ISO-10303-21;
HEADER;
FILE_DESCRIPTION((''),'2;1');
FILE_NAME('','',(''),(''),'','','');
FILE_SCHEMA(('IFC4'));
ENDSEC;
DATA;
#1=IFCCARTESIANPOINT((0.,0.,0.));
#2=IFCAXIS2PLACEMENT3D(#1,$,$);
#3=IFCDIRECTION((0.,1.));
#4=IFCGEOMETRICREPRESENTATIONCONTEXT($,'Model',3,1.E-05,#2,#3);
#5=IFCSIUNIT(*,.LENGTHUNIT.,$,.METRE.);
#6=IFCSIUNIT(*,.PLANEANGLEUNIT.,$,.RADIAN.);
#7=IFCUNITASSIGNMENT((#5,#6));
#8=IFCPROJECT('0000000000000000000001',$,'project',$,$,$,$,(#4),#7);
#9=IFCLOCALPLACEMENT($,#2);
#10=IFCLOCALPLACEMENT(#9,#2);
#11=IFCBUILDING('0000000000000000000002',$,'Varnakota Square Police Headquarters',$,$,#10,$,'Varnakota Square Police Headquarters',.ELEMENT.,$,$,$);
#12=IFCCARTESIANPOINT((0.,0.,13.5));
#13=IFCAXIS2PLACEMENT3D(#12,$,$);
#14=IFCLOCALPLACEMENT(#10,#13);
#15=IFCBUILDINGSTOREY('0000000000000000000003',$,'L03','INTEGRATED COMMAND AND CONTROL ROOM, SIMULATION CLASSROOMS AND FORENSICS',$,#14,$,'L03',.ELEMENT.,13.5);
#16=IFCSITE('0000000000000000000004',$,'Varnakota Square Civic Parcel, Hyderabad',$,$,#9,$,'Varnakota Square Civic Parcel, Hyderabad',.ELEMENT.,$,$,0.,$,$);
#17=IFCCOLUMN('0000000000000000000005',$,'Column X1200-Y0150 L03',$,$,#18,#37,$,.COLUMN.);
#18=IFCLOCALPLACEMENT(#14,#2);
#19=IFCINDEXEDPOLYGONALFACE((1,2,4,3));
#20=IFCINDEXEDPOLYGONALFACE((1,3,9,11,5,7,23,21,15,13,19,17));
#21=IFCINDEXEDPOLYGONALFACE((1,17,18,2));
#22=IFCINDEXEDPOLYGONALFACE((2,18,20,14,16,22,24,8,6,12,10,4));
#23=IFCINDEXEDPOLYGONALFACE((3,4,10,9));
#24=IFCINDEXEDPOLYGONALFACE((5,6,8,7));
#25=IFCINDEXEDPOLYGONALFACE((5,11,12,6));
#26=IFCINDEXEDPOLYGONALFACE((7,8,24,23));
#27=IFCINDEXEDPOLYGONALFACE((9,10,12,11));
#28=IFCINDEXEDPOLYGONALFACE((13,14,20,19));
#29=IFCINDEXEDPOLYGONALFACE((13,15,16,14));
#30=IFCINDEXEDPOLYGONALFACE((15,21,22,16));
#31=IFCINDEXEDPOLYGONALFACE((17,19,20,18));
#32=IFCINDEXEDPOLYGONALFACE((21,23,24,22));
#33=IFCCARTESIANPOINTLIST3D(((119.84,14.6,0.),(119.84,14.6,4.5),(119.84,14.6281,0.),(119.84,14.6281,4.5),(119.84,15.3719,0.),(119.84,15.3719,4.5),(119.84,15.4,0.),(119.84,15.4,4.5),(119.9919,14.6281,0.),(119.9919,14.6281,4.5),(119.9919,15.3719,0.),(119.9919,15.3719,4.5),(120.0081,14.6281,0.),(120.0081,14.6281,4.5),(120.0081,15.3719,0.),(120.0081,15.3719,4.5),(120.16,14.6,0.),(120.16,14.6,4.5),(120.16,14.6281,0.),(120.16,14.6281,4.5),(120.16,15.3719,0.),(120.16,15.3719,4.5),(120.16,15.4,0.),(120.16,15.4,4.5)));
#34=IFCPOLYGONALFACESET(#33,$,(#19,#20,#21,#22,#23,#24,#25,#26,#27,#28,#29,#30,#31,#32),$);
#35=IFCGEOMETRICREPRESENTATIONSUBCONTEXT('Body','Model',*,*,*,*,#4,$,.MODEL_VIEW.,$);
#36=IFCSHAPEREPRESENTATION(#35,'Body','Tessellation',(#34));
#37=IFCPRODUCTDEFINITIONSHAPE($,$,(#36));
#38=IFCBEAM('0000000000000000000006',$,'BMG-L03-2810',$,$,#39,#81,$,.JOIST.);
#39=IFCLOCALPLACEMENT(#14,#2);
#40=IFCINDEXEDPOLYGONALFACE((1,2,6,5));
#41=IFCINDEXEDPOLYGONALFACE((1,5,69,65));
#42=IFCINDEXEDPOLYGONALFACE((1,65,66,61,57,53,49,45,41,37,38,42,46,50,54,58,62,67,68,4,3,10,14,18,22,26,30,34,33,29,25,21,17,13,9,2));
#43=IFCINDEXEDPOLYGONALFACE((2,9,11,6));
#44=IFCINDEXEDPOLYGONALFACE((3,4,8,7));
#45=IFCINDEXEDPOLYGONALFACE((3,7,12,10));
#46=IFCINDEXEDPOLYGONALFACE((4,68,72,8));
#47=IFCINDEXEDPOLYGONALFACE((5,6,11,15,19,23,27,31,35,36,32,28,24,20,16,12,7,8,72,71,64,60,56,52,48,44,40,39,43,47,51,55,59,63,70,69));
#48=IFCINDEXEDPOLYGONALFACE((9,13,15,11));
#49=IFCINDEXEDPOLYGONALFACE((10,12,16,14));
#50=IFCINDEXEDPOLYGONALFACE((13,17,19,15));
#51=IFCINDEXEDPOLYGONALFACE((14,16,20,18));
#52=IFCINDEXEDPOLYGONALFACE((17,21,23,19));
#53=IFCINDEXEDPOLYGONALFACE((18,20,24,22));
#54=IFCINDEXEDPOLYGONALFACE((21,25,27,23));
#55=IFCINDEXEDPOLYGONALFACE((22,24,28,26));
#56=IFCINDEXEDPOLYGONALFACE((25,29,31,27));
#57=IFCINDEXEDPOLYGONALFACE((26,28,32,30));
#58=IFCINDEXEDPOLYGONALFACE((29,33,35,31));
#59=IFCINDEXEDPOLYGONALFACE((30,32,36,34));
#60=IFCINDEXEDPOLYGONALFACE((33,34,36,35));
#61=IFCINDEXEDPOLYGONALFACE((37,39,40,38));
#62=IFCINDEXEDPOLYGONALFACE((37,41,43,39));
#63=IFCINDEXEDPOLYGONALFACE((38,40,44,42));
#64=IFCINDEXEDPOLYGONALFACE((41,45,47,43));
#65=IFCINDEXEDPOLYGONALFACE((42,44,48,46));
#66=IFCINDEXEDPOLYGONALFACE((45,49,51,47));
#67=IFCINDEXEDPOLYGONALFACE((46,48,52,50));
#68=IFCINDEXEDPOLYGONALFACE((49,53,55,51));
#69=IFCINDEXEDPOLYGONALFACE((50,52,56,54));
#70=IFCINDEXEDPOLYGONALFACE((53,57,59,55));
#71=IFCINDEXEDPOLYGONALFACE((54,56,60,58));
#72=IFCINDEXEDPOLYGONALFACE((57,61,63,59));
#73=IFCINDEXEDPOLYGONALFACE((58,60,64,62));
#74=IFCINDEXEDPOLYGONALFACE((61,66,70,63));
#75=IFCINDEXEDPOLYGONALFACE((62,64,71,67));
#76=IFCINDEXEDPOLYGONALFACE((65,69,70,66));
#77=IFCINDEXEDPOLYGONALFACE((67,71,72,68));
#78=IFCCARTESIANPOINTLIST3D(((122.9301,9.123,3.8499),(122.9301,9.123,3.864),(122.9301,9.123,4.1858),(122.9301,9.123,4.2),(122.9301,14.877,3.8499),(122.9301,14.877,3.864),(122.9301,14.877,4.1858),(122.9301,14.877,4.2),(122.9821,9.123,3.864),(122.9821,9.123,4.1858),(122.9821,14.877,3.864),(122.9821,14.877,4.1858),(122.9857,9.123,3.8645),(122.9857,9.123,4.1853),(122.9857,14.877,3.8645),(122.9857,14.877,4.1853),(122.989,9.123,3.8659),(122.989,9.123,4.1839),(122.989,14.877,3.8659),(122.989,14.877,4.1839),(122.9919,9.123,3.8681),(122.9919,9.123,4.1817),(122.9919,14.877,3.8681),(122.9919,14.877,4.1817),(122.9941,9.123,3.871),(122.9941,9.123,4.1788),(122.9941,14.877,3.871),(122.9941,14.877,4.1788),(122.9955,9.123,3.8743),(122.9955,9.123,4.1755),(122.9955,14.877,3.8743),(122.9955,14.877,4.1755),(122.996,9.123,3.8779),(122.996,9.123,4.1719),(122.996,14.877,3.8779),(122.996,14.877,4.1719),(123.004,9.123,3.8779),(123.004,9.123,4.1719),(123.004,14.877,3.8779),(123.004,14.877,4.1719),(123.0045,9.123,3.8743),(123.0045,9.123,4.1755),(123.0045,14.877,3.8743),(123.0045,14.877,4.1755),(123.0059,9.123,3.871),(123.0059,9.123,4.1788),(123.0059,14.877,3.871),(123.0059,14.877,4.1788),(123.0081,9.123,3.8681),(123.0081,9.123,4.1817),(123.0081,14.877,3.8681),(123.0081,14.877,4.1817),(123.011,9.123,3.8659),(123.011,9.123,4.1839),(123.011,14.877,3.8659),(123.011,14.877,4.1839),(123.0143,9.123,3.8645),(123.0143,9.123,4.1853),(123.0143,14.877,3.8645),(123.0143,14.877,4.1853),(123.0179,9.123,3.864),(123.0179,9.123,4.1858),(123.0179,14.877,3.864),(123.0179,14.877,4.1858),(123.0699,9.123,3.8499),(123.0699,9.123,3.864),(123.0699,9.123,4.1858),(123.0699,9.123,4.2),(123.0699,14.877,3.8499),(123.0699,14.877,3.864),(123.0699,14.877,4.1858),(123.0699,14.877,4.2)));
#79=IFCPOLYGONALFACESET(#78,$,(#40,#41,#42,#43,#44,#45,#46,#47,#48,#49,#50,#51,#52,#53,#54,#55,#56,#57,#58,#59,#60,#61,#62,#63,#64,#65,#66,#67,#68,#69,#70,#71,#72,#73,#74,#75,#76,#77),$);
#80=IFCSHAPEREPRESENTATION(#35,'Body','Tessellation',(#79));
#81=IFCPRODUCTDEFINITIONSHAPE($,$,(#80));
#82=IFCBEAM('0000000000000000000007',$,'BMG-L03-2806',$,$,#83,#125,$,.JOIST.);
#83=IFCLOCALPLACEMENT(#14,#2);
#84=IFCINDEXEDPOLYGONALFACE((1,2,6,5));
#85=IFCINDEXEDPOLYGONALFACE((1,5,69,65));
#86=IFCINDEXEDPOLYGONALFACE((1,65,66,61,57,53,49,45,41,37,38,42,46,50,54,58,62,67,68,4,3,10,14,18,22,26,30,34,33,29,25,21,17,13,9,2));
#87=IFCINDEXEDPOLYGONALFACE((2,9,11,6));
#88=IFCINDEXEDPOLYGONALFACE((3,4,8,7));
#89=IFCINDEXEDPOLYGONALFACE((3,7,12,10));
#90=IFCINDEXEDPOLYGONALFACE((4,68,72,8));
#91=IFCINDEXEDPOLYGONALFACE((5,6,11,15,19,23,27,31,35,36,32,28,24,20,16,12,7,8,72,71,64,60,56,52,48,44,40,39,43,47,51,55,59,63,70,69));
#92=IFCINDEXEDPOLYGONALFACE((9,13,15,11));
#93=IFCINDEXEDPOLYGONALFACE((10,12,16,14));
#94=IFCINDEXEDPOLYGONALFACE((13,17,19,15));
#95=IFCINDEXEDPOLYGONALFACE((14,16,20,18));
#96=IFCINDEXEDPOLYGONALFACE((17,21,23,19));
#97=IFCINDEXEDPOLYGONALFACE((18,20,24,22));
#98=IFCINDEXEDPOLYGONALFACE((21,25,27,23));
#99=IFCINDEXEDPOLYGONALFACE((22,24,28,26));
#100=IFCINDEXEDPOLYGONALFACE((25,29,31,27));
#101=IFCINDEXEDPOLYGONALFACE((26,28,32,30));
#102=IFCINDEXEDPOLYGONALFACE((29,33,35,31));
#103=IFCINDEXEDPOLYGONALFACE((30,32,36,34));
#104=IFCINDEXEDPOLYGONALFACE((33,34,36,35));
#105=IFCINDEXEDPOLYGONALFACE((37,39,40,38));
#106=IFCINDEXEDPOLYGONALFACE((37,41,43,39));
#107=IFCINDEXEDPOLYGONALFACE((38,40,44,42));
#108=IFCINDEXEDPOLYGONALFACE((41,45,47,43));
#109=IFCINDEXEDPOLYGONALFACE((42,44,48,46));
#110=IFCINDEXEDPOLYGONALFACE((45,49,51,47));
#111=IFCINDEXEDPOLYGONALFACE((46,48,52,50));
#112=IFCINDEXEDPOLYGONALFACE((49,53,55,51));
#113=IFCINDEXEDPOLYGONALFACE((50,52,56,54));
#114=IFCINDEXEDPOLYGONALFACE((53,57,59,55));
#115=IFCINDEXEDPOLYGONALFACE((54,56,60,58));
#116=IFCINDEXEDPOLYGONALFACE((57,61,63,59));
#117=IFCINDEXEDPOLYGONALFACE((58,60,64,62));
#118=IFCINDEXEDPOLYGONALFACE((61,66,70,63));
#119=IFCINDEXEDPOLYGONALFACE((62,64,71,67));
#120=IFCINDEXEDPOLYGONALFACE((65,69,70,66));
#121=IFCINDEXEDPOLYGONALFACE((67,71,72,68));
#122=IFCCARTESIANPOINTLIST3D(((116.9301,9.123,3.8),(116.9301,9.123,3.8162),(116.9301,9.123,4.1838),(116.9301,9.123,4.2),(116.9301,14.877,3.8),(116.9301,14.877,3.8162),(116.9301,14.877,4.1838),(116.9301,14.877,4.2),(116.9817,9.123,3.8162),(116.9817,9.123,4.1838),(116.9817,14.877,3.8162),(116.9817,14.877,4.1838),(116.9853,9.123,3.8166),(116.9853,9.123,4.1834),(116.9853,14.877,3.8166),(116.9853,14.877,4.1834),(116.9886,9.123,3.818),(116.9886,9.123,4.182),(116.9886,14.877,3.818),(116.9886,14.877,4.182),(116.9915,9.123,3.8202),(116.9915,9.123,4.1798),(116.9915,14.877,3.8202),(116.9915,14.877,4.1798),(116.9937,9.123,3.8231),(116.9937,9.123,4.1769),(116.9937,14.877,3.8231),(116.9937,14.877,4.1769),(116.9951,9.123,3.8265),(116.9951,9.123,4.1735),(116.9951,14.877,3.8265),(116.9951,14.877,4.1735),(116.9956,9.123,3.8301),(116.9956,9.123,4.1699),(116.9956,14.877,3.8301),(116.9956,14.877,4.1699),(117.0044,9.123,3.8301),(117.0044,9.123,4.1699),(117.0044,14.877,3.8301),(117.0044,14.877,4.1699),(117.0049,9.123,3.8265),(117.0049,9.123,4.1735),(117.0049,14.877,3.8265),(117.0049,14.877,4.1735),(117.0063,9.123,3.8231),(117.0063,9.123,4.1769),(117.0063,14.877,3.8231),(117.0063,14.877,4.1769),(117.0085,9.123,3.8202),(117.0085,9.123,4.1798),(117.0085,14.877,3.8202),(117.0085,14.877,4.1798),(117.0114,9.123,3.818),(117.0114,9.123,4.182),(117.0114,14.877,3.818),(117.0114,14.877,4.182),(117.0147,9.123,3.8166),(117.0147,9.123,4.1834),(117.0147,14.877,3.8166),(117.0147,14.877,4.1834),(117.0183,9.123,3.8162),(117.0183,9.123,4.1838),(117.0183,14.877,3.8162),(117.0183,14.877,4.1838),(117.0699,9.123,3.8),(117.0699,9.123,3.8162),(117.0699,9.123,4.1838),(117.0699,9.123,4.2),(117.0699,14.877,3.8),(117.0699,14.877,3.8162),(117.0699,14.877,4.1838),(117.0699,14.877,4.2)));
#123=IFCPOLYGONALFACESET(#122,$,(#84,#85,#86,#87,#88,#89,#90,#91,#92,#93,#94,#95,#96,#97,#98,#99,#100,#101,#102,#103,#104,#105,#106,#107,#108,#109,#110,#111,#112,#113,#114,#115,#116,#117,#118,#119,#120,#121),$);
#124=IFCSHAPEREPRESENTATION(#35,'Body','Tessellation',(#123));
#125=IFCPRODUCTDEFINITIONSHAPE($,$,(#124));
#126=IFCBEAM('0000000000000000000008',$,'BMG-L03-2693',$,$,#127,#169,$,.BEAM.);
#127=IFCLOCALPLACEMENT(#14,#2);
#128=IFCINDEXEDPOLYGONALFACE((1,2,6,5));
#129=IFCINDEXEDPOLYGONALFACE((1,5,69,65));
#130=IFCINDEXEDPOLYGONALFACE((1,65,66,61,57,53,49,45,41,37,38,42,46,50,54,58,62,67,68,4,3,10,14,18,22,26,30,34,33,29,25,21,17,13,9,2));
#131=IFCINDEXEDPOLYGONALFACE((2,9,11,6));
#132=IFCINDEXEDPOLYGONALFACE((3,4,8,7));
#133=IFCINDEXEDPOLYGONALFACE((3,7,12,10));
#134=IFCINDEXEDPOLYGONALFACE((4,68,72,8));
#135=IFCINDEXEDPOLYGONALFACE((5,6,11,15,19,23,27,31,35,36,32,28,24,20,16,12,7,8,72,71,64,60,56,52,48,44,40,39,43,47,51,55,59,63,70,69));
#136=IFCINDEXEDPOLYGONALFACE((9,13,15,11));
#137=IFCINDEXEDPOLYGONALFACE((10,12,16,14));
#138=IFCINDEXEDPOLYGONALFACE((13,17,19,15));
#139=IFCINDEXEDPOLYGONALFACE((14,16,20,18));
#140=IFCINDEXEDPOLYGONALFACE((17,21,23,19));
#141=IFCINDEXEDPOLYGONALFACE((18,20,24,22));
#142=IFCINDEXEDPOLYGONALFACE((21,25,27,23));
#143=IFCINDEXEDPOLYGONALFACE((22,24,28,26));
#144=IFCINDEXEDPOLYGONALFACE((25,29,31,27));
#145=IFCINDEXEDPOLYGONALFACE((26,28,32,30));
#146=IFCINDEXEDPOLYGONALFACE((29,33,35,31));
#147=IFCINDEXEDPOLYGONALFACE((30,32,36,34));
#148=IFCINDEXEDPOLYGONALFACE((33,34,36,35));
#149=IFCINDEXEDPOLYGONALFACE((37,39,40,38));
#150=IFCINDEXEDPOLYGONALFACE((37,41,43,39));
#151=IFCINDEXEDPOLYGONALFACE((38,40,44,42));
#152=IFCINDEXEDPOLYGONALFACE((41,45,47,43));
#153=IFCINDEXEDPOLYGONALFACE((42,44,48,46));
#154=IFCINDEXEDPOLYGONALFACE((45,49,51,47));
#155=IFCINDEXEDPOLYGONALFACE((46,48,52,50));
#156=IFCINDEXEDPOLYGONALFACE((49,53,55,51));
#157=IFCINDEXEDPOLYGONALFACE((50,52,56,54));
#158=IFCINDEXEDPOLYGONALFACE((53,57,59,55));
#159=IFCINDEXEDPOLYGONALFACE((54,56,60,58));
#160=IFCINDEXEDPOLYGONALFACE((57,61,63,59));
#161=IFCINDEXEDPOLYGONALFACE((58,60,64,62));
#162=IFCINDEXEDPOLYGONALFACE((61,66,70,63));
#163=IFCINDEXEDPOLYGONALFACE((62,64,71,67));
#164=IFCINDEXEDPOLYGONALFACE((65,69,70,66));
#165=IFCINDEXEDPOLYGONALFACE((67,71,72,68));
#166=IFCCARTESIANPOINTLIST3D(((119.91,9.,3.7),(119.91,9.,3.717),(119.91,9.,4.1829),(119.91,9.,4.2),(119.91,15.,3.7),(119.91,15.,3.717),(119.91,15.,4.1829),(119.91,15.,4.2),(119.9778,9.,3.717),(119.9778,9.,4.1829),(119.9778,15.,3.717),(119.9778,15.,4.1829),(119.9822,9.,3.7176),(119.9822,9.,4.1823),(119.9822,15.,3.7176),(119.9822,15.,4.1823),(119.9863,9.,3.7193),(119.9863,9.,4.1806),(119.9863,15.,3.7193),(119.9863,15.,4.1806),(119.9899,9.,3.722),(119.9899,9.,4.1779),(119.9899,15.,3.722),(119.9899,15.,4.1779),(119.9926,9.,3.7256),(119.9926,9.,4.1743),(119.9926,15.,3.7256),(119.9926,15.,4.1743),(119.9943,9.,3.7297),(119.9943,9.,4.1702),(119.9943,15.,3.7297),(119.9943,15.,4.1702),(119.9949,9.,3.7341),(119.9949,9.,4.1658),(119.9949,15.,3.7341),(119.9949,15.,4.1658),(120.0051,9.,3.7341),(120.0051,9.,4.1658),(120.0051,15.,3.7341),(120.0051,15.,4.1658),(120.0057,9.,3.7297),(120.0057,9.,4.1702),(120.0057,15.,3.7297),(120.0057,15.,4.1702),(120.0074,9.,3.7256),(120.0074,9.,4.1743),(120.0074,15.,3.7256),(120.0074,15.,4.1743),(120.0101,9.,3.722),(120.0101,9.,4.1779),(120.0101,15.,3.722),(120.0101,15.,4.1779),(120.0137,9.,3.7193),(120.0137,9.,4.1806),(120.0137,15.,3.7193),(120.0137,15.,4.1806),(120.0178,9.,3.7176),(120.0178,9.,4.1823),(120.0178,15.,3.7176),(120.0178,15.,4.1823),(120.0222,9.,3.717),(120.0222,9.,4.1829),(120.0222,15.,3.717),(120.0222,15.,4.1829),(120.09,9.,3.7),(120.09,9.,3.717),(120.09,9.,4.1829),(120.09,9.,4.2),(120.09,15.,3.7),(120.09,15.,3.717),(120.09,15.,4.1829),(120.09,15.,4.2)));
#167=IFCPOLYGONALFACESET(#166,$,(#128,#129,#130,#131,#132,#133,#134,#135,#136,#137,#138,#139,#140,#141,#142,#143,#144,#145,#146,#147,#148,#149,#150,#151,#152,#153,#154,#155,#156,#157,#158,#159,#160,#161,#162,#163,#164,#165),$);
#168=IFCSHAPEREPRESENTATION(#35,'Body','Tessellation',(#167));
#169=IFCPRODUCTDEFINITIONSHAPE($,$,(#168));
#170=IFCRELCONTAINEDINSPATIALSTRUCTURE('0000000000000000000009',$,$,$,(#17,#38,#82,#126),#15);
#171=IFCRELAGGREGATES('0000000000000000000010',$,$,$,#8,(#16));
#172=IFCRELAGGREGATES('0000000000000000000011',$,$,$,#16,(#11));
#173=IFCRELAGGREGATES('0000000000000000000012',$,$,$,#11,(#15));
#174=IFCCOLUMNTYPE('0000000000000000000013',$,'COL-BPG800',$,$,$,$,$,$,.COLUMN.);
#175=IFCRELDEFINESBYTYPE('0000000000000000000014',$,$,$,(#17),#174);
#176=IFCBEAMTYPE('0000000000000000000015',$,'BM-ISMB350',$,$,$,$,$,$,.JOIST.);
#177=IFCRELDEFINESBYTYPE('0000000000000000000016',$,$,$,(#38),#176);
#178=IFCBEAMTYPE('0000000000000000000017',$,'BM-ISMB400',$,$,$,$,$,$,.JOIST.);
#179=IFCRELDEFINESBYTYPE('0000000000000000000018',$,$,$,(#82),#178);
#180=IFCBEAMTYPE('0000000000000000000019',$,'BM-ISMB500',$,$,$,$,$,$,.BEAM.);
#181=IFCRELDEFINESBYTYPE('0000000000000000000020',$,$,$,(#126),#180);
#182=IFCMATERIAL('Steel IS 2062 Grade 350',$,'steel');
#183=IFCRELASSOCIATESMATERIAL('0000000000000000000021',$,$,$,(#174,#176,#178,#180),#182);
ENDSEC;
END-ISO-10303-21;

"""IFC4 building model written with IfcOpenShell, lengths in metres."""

from ifc_helpers import new_model, si_unit, direction, frame, origin, origin_2d, place, context, subcontext, project, spatial, i_section, extrude, material, material_profile, profile_set, type_object, element, save


model = new_model("IFC4")

# Units and contexts
model_context = context("Model", 3, precision=1e-05, world=origin(), true_north=direction((0.0, 1.0)))
body_context = subcontext(model_context, "Body", "Model", "MODEL_VIEW")
ifc_project = project(units=[si_unit("LENGTHUNIT", "METRE"), si_unit("PLANEANGLEUNIT", "RADIAN")], contexts=[model_context])

# Site, building, storey
site_placement = place(None, origin())
site = spatial("IfcSite", under=ifc_project, at=site_placement, Name="Varnakota Square Civic Parcel, Hyderabad", LongName="Varnakota Square Civic Parcel, Hyderabad", CompositionType="ELEMENT", RefElevation=0.0)
building_placement = place(site_placement, origin())
building = spatial("IfcBuilding", under=site, at=building_placement, Name="Varnakota Square Police Headquarters", LongName="Varnakota Square Police Headquarters", CompositionType="ELEMENT")
storey_placement = place(building_placement, frame((0.0, 0.0, 13.5)))
storey = spatial("IfcBuildingStorey", under=building, at=storey_placement, Name="L03", Description="INTEGRATED COMMAND AND CONTROL ROOM, SIMULATION CLASSROOMS AND FORENSICS", LongName="L03", CompositionType="ELEMENT", Elevation=13.5)

# Column
ifc_material_1 = material(Name="Steel IS 2062 Grade 350", Category="steel")
ifc_material_profile_1 = material_profile(ifc_material_1, i_section(OverallWidth=0.3201, OverallDepth=0.8, WebThickness=0.0161, FlangeThickness=0.0281, at=origin_2d()), Name="BPG 800x320")
ifc_profile_set_1 = profile_set([ifc_material_profile_1], Name="Steel IS 2062 Grade 350")
column_type = type_object("IfcColumnType", Name="COL-BPG800", PredefinedType="COLUMN", material=ifc_profile_set_1)
column_placement = place(storey_placement, frame((120.0, 15.0, 0.0), z_axis=(0.0, 0.0, 1.0), x_axis=(1.0, 0.0, 0.0)))
element("IfcColumn", 1, at=column_placement, inside=storey, type_object=column_type, Name="Column X1200-Y0150 L03", PredefinedType="COLUMN", context=body_context, shape_type="SweptSolid", body=[
    extrude(i_section(OverallWidth=0.3201, OverallDepth=0.8, WebThickness=0.0161, FlangeThickness=0.0281, at=origin_2d()), origin(), (0.0, 0.0, 1.0), 4.5),
])

# Beams
ifc_material_profile_2 = material_profile(ifc_material_1, i_section(OverallWidth=0.1399, OverallDepth=0.3501, WebThickness=0.0081, FlangeThickness=0.0142, FilletRadius=0.0139, at=origin_2d()), Name="ISMB 350")
ifc_profile_set_2 = profile_set([ifc_material_profile_2], Name="Steel IS 2062 Grade 350")
beam_type_1 = type_object("IfcBeamType", Name="BM-ISMB350", PredefinedType="JOIST", material=ifc_profile_set_2)
beam_1_placement = place(storey_placement, frame((123.0, 9.123, 4.0249), z_axis=(0.0, 1.0, 0.0), x_axis=(-1.0, 0.0, 0.0)))
element("IfcBeam", 2, at=beam_1_placement, inside=storey, type_object=beam_type_1, Name="BMG-L03-2810", PredefinedType="JOIST", context=body_context, shape_type="SweptSolid", body=[
    extrude(i_section(OverallWidth=0.1399, OverallDepth=0.3501, WebThickness=0.0081, FlangeThickness=0.0142, FilletRadius=0.0139, at=origin_2d()), origin(), (0.0, 0.0, 1.0), 5.7539),
])
ifc_material_profile_3 = material_profile(ifc_material_1, i_section(OverallWidth=0.1399, OverallDepth=0.3999, WebThickness=0.0088, FlangeThickness=0.0161, FilletRadius=0.0139, at=origin_2d()), Name="ISMB 400")
ifc_profile_set_3 = profile_set([ifc_material_profile_3], Name="Steel IS 2062 Grade 350")
beam_type_2 = type_object("IfcBeamType", Name="BM-ISMB400", PredefinedType="JOIST", material=ifc_profile_set_3)
beam_2_placement = place(storey_placement, frame((117.0, 9.123, 4.0), z_axis=(0.0, 1.0, 0.0), x_axis=(-1.0, 0.0, 0.0)))
element("IfcBeam", 3, at=beam_2_placement, inside=storey, type_object=beam_type_2, Name="BMG-L03-2806", PredefinedType="JOIST", context=body_context, shape_type="SweptSolid", body=[
    extrude(i_section(OverallWidth=0.1399, OverallDepth=0.3999, WebThickness=0.0088, FlangeThickness=0.0161, FilletRadius=0.0139, at=origin_2d()), origin(), (0.0, 0.0, 1.0), 5.7539),
])
ifc_material_profile_4 = material_profile(ifc_material_1, i_section(OverallWidth=0.1799, OverallDepth=0.5, WebThickness=0.0103, FlangeThickness=0.0171, FilletRadius=0.0171, at=origin_2d()), Name="ISMB 500")
ifc_profile_set_4 = profile_set([ifc_material_profile_4], Name="Steel IS 2062 Grade 350")
beam_type_3 = type_object("IfcBeamType", Name="BM-ISMB500", PredefinedType="BEAM", material=ifc_profile_set_4)
beam_3_placement = place(storey_placement, frame((120.0, 9.0, 3.95), z_axis=(0.0, 1.0, 0.0), x_axis=(-1.0, 0.0, 0.0)))
element("IfcBeam", 4, at=beam_3_placement, inside=storey, type_object=beam_type_3, Name="BMG-L03-2693", PredefinedType="BEAM", context=body_context, shape_type="SweptSolid", body=[
    extrude(i_section(OverallWidth=0.1799, OverallDepth=0.5, WebThickness=0.0103, FlangeThickness=0.0171, FilletRadius=0.0171, at=origin_2d()), origin(), (0.0, 0.0, 1.0), 6.0),
])

save(model, "model.ifc")
